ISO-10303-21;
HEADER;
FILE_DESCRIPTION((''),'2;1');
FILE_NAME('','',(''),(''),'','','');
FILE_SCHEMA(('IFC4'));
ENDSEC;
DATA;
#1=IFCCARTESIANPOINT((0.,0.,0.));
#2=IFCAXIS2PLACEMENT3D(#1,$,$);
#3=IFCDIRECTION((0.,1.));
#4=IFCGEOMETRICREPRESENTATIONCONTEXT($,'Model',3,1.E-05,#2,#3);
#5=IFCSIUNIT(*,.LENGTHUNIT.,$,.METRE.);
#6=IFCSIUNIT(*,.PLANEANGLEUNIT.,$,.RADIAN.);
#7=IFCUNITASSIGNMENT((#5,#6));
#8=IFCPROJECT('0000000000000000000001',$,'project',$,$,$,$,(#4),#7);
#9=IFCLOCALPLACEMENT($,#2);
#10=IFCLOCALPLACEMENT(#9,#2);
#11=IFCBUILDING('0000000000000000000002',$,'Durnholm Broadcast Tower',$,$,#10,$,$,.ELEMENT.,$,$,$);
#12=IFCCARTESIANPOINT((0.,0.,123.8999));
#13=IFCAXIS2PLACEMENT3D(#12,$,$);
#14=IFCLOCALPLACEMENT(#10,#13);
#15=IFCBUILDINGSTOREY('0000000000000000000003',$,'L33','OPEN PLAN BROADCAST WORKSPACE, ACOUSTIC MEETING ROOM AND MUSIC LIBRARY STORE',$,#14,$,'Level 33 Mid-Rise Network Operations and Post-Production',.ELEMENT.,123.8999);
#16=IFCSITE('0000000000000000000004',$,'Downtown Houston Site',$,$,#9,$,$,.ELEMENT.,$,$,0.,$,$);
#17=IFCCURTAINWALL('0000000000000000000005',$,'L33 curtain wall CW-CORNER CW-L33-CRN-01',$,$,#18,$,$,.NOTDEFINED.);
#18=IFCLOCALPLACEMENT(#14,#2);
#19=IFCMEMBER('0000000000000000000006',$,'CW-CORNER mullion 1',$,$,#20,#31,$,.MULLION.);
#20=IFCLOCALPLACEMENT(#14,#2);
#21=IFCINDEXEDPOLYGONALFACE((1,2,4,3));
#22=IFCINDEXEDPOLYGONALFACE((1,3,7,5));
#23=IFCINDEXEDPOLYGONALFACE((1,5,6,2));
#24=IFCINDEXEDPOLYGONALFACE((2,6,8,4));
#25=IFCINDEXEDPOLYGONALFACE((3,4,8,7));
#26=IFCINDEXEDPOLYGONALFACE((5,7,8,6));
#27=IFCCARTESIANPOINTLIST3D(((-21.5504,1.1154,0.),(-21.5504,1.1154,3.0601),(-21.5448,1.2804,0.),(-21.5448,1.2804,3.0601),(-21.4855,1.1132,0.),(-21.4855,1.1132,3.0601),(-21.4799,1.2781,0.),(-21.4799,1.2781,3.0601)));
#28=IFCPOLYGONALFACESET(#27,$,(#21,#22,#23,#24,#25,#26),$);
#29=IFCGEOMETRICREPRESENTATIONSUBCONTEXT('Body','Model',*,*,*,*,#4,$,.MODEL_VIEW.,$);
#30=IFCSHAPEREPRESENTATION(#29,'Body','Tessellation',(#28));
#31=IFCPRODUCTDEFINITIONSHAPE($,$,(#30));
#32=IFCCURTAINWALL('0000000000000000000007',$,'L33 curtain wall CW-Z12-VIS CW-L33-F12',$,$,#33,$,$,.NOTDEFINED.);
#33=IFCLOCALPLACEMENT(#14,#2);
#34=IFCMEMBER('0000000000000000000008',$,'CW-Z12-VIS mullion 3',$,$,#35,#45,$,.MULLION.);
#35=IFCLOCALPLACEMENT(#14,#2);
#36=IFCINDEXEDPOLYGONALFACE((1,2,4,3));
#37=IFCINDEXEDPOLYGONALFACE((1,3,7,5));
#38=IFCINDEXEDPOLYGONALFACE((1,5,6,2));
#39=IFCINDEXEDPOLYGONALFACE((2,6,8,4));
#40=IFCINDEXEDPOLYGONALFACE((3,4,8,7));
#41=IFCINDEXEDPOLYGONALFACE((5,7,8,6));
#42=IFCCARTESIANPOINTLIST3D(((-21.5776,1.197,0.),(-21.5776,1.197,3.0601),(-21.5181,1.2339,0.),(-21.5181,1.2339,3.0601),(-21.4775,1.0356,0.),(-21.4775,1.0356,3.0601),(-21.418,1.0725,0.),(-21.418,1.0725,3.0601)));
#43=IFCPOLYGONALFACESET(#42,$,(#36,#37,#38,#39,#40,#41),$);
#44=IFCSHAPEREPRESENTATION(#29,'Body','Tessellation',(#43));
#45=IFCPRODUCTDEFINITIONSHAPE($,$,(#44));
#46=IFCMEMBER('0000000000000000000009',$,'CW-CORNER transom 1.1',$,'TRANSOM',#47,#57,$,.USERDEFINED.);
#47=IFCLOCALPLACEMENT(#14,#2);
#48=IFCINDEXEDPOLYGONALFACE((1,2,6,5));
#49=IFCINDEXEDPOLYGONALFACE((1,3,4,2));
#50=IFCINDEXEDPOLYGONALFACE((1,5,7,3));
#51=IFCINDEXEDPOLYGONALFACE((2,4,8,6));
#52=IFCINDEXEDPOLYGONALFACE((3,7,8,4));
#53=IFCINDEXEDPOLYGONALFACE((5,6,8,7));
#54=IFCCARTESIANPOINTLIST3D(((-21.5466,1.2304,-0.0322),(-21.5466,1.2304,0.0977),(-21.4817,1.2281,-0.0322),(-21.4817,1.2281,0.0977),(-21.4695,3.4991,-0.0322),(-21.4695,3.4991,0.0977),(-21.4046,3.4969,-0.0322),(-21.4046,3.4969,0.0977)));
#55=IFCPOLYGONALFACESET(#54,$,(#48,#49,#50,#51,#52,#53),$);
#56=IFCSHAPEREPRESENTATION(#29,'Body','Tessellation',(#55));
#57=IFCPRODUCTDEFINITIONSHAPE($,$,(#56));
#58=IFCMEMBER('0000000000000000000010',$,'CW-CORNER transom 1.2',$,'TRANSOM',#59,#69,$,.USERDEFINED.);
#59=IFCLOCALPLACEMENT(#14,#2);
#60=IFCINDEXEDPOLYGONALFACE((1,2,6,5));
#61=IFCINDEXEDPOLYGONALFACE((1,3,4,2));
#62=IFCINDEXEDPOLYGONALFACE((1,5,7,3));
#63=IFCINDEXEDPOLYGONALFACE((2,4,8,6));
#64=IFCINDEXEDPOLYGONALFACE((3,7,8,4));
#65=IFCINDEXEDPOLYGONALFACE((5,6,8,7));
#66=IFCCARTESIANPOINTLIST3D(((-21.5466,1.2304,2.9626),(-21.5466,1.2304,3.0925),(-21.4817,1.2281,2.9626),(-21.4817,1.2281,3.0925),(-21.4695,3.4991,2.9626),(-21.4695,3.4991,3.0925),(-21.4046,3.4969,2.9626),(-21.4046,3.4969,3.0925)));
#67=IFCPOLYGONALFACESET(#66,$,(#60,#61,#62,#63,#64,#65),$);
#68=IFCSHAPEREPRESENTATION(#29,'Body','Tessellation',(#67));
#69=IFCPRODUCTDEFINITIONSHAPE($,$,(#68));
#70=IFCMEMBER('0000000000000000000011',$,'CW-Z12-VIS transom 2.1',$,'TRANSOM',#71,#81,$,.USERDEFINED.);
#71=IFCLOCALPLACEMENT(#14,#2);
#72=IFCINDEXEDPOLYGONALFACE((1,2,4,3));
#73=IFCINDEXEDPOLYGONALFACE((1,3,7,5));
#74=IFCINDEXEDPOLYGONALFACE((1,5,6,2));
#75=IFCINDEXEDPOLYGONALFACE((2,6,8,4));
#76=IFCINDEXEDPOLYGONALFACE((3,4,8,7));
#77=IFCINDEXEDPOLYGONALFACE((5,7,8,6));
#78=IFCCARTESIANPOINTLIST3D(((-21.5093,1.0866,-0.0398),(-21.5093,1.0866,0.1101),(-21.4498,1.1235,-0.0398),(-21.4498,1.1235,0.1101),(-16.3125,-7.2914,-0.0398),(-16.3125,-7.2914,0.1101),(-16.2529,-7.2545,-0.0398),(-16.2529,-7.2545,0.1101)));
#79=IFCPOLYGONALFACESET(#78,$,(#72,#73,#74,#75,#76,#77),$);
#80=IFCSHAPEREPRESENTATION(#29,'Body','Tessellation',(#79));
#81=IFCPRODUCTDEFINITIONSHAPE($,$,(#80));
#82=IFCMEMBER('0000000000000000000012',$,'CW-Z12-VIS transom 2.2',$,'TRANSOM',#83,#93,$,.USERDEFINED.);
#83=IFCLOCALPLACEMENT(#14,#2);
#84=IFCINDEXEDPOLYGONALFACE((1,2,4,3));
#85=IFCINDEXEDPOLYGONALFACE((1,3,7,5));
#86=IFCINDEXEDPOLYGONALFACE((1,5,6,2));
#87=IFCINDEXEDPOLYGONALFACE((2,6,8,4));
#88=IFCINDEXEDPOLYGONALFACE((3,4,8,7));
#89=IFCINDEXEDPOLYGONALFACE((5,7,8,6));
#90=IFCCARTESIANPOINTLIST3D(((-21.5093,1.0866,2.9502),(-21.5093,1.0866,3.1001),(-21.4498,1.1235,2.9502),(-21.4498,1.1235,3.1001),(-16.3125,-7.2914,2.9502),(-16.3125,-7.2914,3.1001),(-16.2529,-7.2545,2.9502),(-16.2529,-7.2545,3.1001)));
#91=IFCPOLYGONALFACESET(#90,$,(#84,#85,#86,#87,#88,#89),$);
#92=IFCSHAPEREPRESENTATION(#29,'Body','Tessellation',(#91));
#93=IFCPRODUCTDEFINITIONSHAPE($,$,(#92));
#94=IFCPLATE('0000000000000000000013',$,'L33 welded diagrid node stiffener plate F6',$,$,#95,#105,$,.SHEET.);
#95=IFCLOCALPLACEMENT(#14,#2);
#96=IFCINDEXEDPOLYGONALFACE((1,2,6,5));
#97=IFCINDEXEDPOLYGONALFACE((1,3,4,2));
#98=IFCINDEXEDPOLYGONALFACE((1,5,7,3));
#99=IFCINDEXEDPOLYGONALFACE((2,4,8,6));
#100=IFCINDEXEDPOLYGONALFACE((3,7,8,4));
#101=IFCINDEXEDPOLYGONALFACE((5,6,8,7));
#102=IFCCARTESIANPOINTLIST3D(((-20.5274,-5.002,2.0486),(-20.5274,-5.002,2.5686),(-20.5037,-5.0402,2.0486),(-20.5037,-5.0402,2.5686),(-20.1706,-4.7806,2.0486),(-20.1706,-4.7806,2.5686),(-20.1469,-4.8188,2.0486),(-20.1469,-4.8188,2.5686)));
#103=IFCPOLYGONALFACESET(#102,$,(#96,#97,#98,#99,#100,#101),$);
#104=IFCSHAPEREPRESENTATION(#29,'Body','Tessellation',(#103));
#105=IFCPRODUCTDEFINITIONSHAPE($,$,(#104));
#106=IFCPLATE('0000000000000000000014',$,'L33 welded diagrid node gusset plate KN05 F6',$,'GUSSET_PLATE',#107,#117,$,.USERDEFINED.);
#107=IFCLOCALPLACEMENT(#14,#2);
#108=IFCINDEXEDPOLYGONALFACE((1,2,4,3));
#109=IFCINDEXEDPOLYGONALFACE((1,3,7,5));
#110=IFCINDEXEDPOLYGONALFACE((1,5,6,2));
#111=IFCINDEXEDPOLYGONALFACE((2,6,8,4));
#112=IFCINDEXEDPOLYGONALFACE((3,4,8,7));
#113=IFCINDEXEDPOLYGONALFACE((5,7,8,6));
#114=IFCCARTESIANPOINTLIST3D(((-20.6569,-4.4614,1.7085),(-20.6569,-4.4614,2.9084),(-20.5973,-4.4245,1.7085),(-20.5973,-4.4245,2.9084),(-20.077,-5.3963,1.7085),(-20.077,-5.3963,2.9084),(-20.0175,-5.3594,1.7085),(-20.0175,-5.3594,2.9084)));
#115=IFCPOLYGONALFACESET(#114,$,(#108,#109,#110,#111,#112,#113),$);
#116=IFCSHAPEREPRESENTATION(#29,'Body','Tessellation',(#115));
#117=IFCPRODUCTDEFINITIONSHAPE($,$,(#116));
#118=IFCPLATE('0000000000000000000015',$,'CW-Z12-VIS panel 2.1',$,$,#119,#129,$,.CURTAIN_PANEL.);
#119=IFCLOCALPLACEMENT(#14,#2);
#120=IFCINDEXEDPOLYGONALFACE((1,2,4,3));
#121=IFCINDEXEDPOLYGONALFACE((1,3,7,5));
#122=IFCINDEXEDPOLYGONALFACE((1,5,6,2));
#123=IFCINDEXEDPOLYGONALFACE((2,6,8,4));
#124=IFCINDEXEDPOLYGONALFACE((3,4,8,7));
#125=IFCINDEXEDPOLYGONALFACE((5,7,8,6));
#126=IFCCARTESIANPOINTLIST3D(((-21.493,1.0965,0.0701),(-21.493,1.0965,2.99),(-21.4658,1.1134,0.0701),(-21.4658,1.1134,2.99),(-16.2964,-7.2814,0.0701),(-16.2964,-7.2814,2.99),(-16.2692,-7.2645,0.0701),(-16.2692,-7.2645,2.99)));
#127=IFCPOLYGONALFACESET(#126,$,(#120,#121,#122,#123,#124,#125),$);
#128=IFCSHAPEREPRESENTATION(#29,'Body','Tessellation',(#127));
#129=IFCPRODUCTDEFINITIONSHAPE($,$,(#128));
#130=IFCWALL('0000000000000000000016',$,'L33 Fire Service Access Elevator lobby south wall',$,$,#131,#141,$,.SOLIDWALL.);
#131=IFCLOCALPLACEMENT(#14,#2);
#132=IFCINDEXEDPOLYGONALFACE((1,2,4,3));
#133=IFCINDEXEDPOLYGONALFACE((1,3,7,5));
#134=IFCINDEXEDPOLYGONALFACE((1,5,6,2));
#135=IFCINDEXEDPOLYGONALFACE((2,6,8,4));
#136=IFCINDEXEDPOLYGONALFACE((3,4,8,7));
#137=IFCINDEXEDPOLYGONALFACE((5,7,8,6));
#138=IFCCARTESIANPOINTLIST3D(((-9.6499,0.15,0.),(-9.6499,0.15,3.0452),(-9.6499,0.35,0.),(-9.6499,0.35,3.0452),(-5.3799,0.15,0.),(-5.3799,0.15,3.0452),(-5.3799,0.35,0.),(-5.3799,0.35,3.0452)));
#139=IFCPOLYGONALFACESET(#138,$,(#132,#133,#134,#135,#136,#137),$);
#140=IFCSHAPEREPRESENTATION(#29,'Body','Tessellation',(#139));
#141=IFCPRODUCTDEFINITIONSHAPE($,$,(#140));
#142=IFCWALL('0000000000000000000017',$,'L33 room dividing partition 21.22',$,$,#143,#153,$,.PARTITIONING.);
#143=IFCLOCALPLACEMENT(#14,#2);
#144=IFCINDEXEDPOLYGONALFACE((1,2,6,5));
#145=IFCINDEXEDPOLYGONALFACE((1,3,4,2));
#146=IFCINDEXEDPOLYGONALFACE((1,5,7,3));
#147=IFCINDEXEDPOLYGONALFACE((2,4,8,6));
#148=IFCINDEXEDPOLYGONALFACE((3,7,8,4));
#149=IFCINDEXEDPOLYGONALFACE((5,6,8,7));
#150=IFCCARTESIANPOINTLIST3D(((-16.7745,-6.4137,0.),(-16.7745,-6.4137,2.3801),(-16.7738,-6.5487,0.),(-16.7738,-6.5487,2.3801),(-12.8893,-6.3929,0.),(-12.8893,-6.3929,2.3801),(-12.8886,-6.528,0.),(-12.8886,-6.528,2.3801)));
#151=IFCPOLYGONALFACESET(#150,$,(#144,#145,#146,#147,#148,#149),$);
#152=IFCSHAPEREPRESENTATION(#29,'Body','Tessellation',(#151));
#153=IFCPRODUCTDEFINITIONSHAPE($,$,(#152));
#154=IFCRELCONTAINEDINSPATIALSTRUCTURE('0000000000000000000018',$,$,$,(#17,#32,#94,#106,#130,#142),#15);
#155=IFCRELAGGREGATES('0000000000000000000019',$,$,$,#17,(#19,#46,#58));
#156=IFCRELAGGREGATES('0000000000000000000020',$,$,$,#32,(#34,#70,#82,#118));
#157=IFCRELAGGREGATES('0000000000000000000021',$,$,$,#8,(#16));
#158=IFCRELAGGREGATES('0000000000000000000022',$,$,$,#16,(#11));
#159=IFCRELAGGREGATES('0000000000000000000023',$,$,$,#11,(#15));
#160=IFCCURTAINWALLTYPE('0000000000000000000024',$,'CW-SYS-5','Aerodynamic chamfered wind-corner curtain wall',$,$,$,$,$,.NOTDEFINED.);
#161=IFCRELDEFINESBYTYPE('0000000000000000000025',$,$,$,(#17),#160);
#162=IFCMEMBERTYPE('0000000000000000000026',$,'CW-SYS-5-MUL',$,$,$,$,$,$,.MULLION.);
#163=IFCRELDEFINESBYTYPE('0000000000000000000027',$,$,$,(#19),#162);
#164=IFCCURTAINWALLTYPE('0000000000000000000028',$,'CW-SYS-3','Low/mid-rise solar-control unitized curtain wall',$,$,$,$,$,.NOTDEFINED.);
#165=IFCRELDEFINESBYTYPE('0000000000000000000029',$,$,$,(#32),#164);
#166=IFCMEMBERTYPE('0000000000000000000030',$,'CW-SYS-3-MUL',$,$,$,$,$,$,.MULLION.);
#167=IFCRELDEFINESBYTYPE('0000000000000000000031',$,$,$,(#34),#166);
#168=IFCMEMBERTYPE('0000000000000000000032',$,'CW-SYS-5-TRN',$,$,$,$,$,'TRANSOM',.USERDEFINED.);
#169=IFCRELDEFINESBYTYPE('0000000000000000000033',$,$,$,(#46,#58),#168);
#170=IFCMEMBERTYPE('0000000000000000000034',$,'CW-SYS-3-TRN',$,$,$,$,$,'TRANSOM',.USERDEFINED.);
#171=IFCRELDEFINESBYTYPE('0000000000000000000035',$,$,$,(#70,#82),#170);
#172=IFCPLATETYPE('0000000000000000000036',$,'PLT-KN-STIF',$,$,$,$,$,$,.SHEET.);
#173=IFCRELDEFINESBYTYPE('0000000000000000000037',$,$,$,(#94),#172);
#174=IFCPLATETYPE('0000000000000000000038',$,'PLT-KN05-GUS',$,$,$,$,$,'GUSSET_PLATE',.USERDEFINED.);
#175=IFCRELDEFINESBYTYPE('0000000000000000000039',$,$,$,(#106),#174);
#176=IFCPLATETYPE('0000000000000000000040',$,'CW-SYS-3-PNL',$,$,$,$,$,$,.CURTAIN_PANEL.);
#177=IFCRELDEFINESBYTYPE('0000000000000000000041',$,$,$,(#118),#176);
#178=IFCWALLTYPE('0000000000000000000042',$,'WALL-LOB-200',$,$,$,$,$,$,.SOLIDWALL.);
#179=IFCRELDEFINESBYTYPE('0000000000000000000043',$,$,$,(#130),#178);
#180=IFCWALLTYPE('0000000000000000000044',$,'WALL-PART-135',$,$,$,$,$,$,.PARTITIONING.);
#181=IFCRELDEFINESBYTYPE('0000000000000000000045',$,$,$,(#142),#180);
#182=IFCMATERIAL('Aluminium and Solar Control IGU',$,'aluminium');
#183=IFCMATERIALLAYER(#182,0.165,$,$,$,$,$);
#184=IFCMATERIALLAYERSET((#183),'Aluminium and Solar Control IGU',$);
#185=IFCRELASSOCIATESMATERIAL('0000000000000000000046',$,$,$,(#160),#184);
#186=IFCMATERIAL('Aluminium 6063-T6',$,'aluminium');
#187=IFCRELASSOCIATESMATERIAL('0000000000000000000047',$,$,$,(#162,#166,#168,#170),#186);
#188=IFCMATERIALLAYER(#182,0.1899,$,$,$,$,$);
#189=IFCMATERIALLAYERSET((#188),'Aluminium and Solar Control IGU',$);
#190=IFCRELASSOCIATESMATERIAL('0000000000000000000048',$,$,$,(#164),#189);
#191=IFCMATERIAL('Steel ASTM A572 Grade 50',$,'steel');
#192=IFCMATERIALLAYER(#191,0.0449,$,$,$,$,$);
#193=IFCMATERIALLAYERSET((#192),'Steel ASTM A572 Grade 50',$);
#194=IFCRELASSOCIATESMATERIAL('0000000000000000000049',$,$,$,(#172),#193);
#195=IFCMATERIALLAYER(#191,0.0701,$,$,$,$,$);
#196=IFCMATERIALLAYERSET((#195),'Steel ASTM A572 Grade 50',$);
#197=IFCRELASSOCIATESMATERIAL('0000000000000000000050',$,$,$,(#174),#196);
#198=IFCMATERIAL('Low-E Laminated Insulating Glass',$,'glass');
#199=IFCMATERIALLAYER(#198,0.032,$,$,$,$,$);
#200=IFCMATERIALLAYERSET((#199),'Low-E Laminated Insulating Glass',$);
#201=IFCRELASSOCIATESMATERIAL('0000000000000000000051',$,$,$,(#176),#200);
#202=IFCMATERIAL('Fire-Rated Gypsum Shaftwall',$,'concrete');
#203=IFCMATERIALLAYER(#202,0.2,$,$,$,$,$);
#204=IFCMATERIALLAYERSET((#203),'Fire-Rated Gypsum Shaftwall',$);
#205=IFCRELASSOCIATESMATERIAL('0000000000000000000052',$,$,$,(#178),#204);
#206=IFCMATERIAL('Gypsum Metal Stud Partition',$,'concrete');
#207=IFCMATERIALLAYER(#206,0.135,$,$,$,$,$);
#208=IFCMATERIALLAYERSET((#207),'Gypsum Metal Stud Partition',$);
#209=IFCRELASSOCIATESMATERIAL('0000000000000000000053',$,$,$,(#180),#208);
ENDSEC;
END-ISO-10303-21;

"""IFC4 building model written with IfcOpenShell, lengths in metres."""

from ifc_helpers import new_model, si_unit, direction, frame, frame_2d, origin, origin_2d, place, context, subcontext, project, spatial, rectangle, extrude, source, transform, mapped, material, layer, layer_set, material_profile, profile_set, type_object, type_shapes, element, aggregate, save


model = new_model("IFC4")

# Units and contexts
model_context = context("Model", 3, precision=1e-05, world=origin(), true_north=direction((0.0, 1.0)))
body_context = subcontext(model_context, "Body", "Model", "MODEL_VIEW")
ifc_project = project(units=[si_unit("LENGTHUNIT", "METRE"), si_unit("PLANEANGLEUNIT", "RADIAN")], contexts=[model_context])

# Site, building, storey
site_placement = place(None, origin())
site = spatial("IfcSite", under=ifc_project, at=site_placement, Name="Downtown Houston Site", CompositionType="ELEMENT", RefElevation=0.0)
building_placement = place(site_placement, origin())
building = spatial("IfcBuilding", under=site, at=building_placement, Name="Durnholm Broadcast Tower", CompositionType="ELEMENT")
storey_placement = place(building_placement, frame((0.0, 0.0, 123.8999)))
storey = spatial("IfcBuildingStorey", under=building, at=storey_placement, Name="L33", Description="OPEN PLAN BROADCAST WORKSPACE, ACOUSTIC MEETING ROOM AND MUSIC LIBRARY STORE", LongName="Level 33 Mid-Rise Network Operations and Post-Production", CompositionType="ELEMENT", Elevation=123.8999)

# Curtain walls, members
ifc_material_1 = material(Name="Aluminium and Solar Control IGU", Category="aluminium")
ifc_layer_1 = layer(ifc_material_1, 0.165)
ifc_layer_set_1 = layer_set([ifc_layer_1], Name="Aluminium and Solar Control IGU")
curtain_wall_type_1 = type_object("IfcCurtainWallType", Name="CW-SYS-5", Description="Aerodynamic chamfered wind-corner curtain wall", PredefinedType="NOTDEFINED", material=ifc_layer_set_1)
curtain_wall_1_placement = place(storey_placement, origin())
curtain_wall_1 = element("IfcCurtainWall", 1, at=curtain_wall_1_placement, inside=storey, type_object=curtain_wall_type_1, Name="L33 curtain wall CW-CORNER CW-L33-CRN-01", PredefinedType="NOTDEFINED")
ifc_material_2 = material(Name="Aluminium 6063-T6", Category="aluminium")
ifc_material_profile_1 = material_profile(ifc_material_2, rectangle(XDim=0.0649, YDim=0.165, at=origin_2d()), Name="CWM65X165")
ifc_profile_set_1 = profile_set([ifc_material_profile_1], Name="Aluminium 6063-T6")
member_type_1 = type_object("IfcMemberType", Name="CW-SYS-5-MUL", PredefinedType="MULLION", material=ifc_profile_set_1)
shared_shape_1 = source(origin(), body_context, "Body", "SweptSolid", [
    extrude(rectangle(XDim=0.0649, YDim=0.165, at=origin_2d()), origin(), (0.0, 0.0, 1.0), 3.0601),
])
type_shapes(member_type_1, [shared_shape_1])
member_1_placement = place(storey_placement, frame((-21.5151, 1.1968, 0.0), z_axis=(0.0, 0.0, 1.0), x_axis=(-0.999425, 0.033917, 0.0)))
member_1 = element("IfcMember", 2, at=member_1_placement, type_object=member_type_1, Name="CW-CORNER mullion 1", PredefinedType="MULLION", context=body_context, shape_type="MappedRepresentation", body=[
    mapped(shared_shape_1, transform((0.0, 0.0, 0.0), x_axis=(1.0, 0.0, 0.0), y_axis=(0.0, 1.0, 0.0), z_axis=(0.0, 0.0, 1.0), scale=1.0)),
])
ifc_layer_2 = layer(ifc_material_1, 0.1899)
ifc_layer_set_2 = layer_set([ifc_layer_2], Name="Aluminium and Solar Control IGU")
curtain_wall_type_2 = type_object("IfcCurtainWallType", Name="CW-SYS-3", Description="Low/mid-rise solar-control unitized curtain wall", PredefinedType="NOTDEFINED", material=ifc_layer_set_2)
curtain_wall_2_placement = place(storey_placement, origin())
curtain_wall_2 = element("IfcCurtainWall", 3, at=curtain_wall_2_placement, inside=storey, type_object=curtain_wall_type_2, Name="L33 curtain wall CW-Z12-VIS CW-L33-F12", PredefinedType="NOTDEFINED")
ifc_material_profile_2 = material_profile(ifc_material_2, rectangle(XDim=0.0701, YDim=0.1899, at=origin_2d()), Name="CWM70X190")
ifc_profile_set_2 = profile_set([ifc_material_profile_2], Name="Aluminium 6063-T6")
member_type_2 = type_object("IfcMemberType", Name="CW-SYS-3-MUL", PredefinedType="MULLION", material=ifc_profile_set_2)
shared_shape_2 = source(origin(), body_context, "Body", "SweptSolid", [
    extrude(rectangle(XDim=0.0701, YDim=0.1899, at=origin_2d()), origin(), (0.0, 0.0, 1.0), 3.0601),
])
type_shapes(member_type_2, [shared_shape_2])
member_2_placement = place(storey_placement, frame((-21.4978, 1.1348, 0.0), z_axis=(0.0, 0.0, 1.0), x_axis=(-0.8498, -0.527105, 0.0)))
member_2 = element("IfcMember", 4, at=member_2_placement, type_object=member_type_2, Name="CW-Z12-VIS mullion 3", PredefinedType="MULLION", context=body_context, shape_type="MappedRepresentation", body=[
    mapped(shared_shape_2, transform((0.0, 0.0, 0.0), x_axis=(1.0, 0.0, 0.0), y_axis=(0.0, 1.0, 0.0), z_axis=(0.0, 0.0, 1.0), scale=1.0)),
])

# Members
ifc_material_profile_3 = material_profile(ifc_material_2, rectangle(XDim=0.0649, YDim=0.1299, at=origin_2d()), Name="CWT65X130")
ifc_profile_set_3 = profile_set([ifc_material_profile_3], Name="Aluminium 6063-T6")
member_type_3 = type_object("IfcMemberType", Name="CW-SYS-5-TRN", ElementType="TRANSOM", PredefinedType="USERDEFINED", material=ifc_profile_set_3)
shared_shape_3 = source(origin(), body_context, "Body", "SweptSolid", [
    extrude(rectangle(XDim=0.0649, YDim=0.1299, at=origin_2d()), origin(), (0.0, 0.0, 1.0), 2.27),
])
type_shapes(member_type_3, [shared_shape_3])
member_3_placement = place(storey_placement, frame((-21.5142, 1.2292, 0.0327), z_axis=(0.033984, 0.999422, 0.0), x_axis=(-0.999422, 0.033984, 0.0)))
member_3 = element("IfcMember", 5, at=member_3_placement, type_object=member_type_3, Name="CW-CORNER transom 1.1", ObjectType="TRANSOM", PredefinedType="USERDEFINED", context=body_context, shape_type="MappedRepresentation", body=[
    mapped(shared_shape_3, transform((0.0, 0.0, 0.0), x_axis=(1.0, 0.0, 0.0), y_axis=(0.0, 1.0, 0.0), z_axis=(0.0, 0.0, 1.0), scale=1.0)),
])
member_4_placement = place(storey_placement, frame((-21.5142, 1.2292, 3.0276), z_axis=(0.033984, 0.999422, 0.0), x_axis=(-0.999422, 0.033984, 0.0)))
member_4 = element("IfcMember", 6, at=member_4_placement, type_object=member_type_3, Name="CW-CORNER transom 1.2", ObjectType="TRANSOM", PredefinedType="USERDEFINED", context=body_context, shape_type="MappedRepresentation", body=[
    mapped(shared_shape_3, transform((0.0, 0.0, 0.0), x_axis=(1.0, 0.0, 0.0), y_axis=(0.0, 1.0, 0.0), z_axis=(0.0, 0.0, 1.0), scale=1.0)),
])
aggregate(curtain_wall_1, [member_1, member_3, member_4])
ifc_material_profile_4 = material_profile(ifc_material_2, rectangle(XDim=0.0701, YDim=0.1499, at=origin_2d()), Name="CWT70X150")
ifc_profile_set_4 = profile_set([ifc_material_profile_4], Name="Aluminium 6063-T6")
member_type_4 = type_object("IfcMemberType", Name="CW-SYS-3-TRN", ElementType="TRANSOM", PredefinedType="USERDEFINED", material=ifc_profile_set_4)
shared_shape_4 = source(origin(), body_context, "Body", "SweptSolid", [
    extrude(rectangle(XDim=0.0701, YDim=0.1499, at=origin_2d()), origin(), (0.0, 0.0, 1.0), 9.8589),
])
type_shapes(member_type_4, [shared_shape_4])
member_5_placement = place(storey_placement, frame((-16.2827, -7.2729, 0.0352), z_axis=(-0.52712, 0.849791, 0.0), x_axis=(-0.849791, -0.52712, 0.0)))
member_5 = element("IfcMember", 7, at=member_5_placement, type_object=member_type_4, Name="CW-Z12-VIS transom 2.1", ObjectType="TRANSOM", PredefinedType="USERDEFINED", context=body_context, shape_type="MappedRepresentation", body=[
    mapped(shared_shape_4, transform((0.0, 0.0, 0.0), x_axis=(1.0, 0.0, 0.0), y_axis=(0.0, 1.0, 0.0), z_axis=(0.0, 0.0, 1.0), scale=1.0)),
])
member_6_placement = place(storey_placement, frame((-16.2827, -7.2729, 3.0251), z_axis=(-0.52712, 0.849791, 0.0), x_axis=(-0.849791, -0.52712, 0.0)))
member_6 = element("IfcMember", 8, at=member_6_placement, type_object=member_type_4, Name="CW-Z12-VIS transom 2.2", ObjectType="TRANSOM", PredefinedType="USERDEFINED", context=body_context, shape_type="MappedRepresentation", body=[
    mapped(shared_shape_4, transform((0.0, 0.0, 0.0), x_axis=(1.0, 0.0, 0.0), y_axis=(0.0, 1.0, 0.0), z_axis=(0.0, 0.0, 1.0), scale=1.0)),
])

# Plates
ifc_material_3 = material(Name="Steel ASTM A572 Grade 50", Category="steel")
ifc_layer_3 = layer(ifc_material_3, 0.0449)
ifc_layer_set_3 = layer_set([ifc_layer_3], Name="Steel ASTM A572 Grade 50")
plate_type_1 = type_object("IfcPlateType", Name="PLT-KN-STIF", PredefinedType="SHEET", material=ifc_layer_set_3)
shared_shape_5 = source(origin(), body_context, "Body", "SweptSolid", [
    extrude(rectangle(XDim=0.0449, YDim=0.4199, at=origin_2d()), origin(), (0.0, 0.0, 1.0), 0.52),
])
type_shapes(plate_type_1, [shared_shape_5])
plate_1_placement = place(storey_placement, frame((-20.3372, -4.9104, 2.0486), z_axis=(0.0, 0.0, 1.0), x_axis=(0.527104, -0.849801, 0.0)))
element("IfcPlate", 9, at=plate_1_placement, inside=storey, type_object=plate_type_1, Name="L33 welded diagrid node stiffener plate F6", PredefinedType="SHEET", context=body_context, shape_type="MappedRepresentation", body=[
    mapped(shared_shape_5, transform((0.0, 0.0, 0.0), x_axis=(1.0, 0.0, 0.0), y_axis=(0.0, 1.0, 0.0), z_axis=(0.0, 0.0, 1.0), scale=1.0)),
])
ifc_layer_4 = layer(ifc_material_3, 0.0701)
ifc_layer_set_4 = layer_set([ifc_layer_4], Name="Steel ASTM A572 Grade 50")
plate_type_2 = type_object("IfcPlateType", Name="PLT-KN05-GUS", ElementType="GUSSET_PLATE", PredefinedType="USERDEFINED", material=ifc_layer_set_4)
shared_shape_6 = source(origin(), body_context, "Body", "SweptSolid", [
    extrude(rectangle(XDim=1.1001, YDim=0.0701, at=origin_2d()), origin(), (0.0, 0.0, 1.0), 1.2),
])
type_shapes(plate_type_2, [shared_shape_6])
plate_2_placement = place(storey_placement, frame((-20.3372, -4.9104, 1.7085), z_axis=(0.0, 0.0, 1.0), x_axis=(0.527104, -0.849801, 0.0)))
element("IfcPlate", 10, at=plate_2_placement, inside=storey, type_object=plate_type_2, Name="L33 welded diagrid node gusset plate KN05 F6", ObjectType="GUSSET_PLATE", PredefinedType="USERDEFINED", context=body_context, shape_type="MappedRepresentation", body=[
    mapped(shared_shape_6, transform((0.0, 0.0, 0.0), x_axis=(1.0, 0.0, 0.0), y_axis=(0.0, 1.0, 0.0), z_axis=(0.0, 0.0, 1.0), scale=1.0)),
])

# Plate
ifc_material_4 = material(Name="Low-E Laminated Insulating Glass", Category="glass")
ifc_layer_5 = layer(ifc_material_4, 0.032)
ifc_layer_set_5 = layer_set([ifc_layer_5], Name="Low-E Laminated Insulating Glass")
plate_type_3 = type_object("IfcPlateType", Name="CW-SYS-3-PNL", PredefinedType="CURTAIN_PANEL", material=ifc_layer_set_5)
shared_shape_7 = source(origin(), body_context, "Body", "SweptSolid", [
    extrude(rectangle(XDim=9.8586, YDim=0.032, at=origin_2d()), origin(), (0.0, 0.0, 1.0), 2.9199),
])
type_shapes(plate_type_3, [shared_shape_7])
plate_3_placement = place(storey_placement, frame((-18.8811, -3.084, 0.0701), z_axis=(0.0, 0.0, 1.0), x_axis=(-0.527105, 0.8498, 0.0)))
plate_3 = element("IfcPlate", 11, at=plate_3_placement, type_object=plate_type_3, Name="CW-Z12-VIS panel 2.1", PredefinedType="CURTAIN_PANEL", context=body_context, shape_type="MappedRepresentation", body=[
    mapped(shared_shape_7, transform((0.0, 0.0, 0.0), x_axis=(1.0, 0.0, 0.0), y_axis=(0.0, 1.0, 0.0), z_axis=(0.0, 0.0, 1.0), scale=1.0)),
])
aggregate(curtain_wall_2, [member_2, member_5, member_6, plate_3])

# Walls
ifc_material_5 = material(Name="Fire-Rated Gypsum Shaftwall", Category="concrete")
ifc_layer_6 = layer(ifc_material_5, 0.2)
ifc_layer_set_6 = layer_set([ifc_layer_6], Name="Fire-Rated Gypsum Shaftwall")
wall_type_1 = type_object("IfcWallType", Name="WALL-LOB-200", PredefinedType="SOLIDWALL", material=ifc_layer_set_6)
wall_1_placement = place(storey_placement, frame((-9.6499, 0.25, 0.0), z_axis=(0.0, 0.0, 1.0), x_axis=(1.0, 0.0, 0.0)))
element("IfcWall", 12, at=wall_1_placement, inside=storey, type_object=wall_type_1, Name="L33 Fire Service Access Elevator lobby south wall", PredefinedType="SOLIDWALL", context=body_context, shape_type="SweptSolid", body=[
    extrude(rectangle(XDim=4.27, YDim=0.2, at=frame_2d((2.135, 0.0))), origin(), (0.0, 0.0, 1.0), 3.0452),
])
ifc_material_6 = material(Name="Gypsum Metal Stud Partition", Category="concrete")
ifc_layer_7 = layer(ifc_material_6, 0.135)
ifc_layer_set_7 = layer_set([ifc_layer_7], Name="Gypsum Metal Stud Partition")
wall_type_2 = type_object("IfcWallType", Name="WALL-PART-135", PredefinedType="PARTITIONING", material=ifc_layer_set_7)
wall_2_placement = place(storey_placement, frame((-16.7742, -6.4812, 0.0), z_axis=(0.0, 0.0, 1.0), x_axis=(0.999986, 0.005341, 0.0)))
element("IfcWall", 13, at=wall_2_placement, inside=storey, type_object=wall_type_2, Name="L33 room dividing partition 21.22", PredefinedType="PARTITIONING", context=body_context, shape_type="SweptSolid", body=[
    extrude(rectangle(XDim=3.8853, YDim=0.135, at=frame_2d((1.9426, 0.0))), origin(), (0.0, 0.0, 1.0), 2.3801),
])

save(model, "model.ifc")
